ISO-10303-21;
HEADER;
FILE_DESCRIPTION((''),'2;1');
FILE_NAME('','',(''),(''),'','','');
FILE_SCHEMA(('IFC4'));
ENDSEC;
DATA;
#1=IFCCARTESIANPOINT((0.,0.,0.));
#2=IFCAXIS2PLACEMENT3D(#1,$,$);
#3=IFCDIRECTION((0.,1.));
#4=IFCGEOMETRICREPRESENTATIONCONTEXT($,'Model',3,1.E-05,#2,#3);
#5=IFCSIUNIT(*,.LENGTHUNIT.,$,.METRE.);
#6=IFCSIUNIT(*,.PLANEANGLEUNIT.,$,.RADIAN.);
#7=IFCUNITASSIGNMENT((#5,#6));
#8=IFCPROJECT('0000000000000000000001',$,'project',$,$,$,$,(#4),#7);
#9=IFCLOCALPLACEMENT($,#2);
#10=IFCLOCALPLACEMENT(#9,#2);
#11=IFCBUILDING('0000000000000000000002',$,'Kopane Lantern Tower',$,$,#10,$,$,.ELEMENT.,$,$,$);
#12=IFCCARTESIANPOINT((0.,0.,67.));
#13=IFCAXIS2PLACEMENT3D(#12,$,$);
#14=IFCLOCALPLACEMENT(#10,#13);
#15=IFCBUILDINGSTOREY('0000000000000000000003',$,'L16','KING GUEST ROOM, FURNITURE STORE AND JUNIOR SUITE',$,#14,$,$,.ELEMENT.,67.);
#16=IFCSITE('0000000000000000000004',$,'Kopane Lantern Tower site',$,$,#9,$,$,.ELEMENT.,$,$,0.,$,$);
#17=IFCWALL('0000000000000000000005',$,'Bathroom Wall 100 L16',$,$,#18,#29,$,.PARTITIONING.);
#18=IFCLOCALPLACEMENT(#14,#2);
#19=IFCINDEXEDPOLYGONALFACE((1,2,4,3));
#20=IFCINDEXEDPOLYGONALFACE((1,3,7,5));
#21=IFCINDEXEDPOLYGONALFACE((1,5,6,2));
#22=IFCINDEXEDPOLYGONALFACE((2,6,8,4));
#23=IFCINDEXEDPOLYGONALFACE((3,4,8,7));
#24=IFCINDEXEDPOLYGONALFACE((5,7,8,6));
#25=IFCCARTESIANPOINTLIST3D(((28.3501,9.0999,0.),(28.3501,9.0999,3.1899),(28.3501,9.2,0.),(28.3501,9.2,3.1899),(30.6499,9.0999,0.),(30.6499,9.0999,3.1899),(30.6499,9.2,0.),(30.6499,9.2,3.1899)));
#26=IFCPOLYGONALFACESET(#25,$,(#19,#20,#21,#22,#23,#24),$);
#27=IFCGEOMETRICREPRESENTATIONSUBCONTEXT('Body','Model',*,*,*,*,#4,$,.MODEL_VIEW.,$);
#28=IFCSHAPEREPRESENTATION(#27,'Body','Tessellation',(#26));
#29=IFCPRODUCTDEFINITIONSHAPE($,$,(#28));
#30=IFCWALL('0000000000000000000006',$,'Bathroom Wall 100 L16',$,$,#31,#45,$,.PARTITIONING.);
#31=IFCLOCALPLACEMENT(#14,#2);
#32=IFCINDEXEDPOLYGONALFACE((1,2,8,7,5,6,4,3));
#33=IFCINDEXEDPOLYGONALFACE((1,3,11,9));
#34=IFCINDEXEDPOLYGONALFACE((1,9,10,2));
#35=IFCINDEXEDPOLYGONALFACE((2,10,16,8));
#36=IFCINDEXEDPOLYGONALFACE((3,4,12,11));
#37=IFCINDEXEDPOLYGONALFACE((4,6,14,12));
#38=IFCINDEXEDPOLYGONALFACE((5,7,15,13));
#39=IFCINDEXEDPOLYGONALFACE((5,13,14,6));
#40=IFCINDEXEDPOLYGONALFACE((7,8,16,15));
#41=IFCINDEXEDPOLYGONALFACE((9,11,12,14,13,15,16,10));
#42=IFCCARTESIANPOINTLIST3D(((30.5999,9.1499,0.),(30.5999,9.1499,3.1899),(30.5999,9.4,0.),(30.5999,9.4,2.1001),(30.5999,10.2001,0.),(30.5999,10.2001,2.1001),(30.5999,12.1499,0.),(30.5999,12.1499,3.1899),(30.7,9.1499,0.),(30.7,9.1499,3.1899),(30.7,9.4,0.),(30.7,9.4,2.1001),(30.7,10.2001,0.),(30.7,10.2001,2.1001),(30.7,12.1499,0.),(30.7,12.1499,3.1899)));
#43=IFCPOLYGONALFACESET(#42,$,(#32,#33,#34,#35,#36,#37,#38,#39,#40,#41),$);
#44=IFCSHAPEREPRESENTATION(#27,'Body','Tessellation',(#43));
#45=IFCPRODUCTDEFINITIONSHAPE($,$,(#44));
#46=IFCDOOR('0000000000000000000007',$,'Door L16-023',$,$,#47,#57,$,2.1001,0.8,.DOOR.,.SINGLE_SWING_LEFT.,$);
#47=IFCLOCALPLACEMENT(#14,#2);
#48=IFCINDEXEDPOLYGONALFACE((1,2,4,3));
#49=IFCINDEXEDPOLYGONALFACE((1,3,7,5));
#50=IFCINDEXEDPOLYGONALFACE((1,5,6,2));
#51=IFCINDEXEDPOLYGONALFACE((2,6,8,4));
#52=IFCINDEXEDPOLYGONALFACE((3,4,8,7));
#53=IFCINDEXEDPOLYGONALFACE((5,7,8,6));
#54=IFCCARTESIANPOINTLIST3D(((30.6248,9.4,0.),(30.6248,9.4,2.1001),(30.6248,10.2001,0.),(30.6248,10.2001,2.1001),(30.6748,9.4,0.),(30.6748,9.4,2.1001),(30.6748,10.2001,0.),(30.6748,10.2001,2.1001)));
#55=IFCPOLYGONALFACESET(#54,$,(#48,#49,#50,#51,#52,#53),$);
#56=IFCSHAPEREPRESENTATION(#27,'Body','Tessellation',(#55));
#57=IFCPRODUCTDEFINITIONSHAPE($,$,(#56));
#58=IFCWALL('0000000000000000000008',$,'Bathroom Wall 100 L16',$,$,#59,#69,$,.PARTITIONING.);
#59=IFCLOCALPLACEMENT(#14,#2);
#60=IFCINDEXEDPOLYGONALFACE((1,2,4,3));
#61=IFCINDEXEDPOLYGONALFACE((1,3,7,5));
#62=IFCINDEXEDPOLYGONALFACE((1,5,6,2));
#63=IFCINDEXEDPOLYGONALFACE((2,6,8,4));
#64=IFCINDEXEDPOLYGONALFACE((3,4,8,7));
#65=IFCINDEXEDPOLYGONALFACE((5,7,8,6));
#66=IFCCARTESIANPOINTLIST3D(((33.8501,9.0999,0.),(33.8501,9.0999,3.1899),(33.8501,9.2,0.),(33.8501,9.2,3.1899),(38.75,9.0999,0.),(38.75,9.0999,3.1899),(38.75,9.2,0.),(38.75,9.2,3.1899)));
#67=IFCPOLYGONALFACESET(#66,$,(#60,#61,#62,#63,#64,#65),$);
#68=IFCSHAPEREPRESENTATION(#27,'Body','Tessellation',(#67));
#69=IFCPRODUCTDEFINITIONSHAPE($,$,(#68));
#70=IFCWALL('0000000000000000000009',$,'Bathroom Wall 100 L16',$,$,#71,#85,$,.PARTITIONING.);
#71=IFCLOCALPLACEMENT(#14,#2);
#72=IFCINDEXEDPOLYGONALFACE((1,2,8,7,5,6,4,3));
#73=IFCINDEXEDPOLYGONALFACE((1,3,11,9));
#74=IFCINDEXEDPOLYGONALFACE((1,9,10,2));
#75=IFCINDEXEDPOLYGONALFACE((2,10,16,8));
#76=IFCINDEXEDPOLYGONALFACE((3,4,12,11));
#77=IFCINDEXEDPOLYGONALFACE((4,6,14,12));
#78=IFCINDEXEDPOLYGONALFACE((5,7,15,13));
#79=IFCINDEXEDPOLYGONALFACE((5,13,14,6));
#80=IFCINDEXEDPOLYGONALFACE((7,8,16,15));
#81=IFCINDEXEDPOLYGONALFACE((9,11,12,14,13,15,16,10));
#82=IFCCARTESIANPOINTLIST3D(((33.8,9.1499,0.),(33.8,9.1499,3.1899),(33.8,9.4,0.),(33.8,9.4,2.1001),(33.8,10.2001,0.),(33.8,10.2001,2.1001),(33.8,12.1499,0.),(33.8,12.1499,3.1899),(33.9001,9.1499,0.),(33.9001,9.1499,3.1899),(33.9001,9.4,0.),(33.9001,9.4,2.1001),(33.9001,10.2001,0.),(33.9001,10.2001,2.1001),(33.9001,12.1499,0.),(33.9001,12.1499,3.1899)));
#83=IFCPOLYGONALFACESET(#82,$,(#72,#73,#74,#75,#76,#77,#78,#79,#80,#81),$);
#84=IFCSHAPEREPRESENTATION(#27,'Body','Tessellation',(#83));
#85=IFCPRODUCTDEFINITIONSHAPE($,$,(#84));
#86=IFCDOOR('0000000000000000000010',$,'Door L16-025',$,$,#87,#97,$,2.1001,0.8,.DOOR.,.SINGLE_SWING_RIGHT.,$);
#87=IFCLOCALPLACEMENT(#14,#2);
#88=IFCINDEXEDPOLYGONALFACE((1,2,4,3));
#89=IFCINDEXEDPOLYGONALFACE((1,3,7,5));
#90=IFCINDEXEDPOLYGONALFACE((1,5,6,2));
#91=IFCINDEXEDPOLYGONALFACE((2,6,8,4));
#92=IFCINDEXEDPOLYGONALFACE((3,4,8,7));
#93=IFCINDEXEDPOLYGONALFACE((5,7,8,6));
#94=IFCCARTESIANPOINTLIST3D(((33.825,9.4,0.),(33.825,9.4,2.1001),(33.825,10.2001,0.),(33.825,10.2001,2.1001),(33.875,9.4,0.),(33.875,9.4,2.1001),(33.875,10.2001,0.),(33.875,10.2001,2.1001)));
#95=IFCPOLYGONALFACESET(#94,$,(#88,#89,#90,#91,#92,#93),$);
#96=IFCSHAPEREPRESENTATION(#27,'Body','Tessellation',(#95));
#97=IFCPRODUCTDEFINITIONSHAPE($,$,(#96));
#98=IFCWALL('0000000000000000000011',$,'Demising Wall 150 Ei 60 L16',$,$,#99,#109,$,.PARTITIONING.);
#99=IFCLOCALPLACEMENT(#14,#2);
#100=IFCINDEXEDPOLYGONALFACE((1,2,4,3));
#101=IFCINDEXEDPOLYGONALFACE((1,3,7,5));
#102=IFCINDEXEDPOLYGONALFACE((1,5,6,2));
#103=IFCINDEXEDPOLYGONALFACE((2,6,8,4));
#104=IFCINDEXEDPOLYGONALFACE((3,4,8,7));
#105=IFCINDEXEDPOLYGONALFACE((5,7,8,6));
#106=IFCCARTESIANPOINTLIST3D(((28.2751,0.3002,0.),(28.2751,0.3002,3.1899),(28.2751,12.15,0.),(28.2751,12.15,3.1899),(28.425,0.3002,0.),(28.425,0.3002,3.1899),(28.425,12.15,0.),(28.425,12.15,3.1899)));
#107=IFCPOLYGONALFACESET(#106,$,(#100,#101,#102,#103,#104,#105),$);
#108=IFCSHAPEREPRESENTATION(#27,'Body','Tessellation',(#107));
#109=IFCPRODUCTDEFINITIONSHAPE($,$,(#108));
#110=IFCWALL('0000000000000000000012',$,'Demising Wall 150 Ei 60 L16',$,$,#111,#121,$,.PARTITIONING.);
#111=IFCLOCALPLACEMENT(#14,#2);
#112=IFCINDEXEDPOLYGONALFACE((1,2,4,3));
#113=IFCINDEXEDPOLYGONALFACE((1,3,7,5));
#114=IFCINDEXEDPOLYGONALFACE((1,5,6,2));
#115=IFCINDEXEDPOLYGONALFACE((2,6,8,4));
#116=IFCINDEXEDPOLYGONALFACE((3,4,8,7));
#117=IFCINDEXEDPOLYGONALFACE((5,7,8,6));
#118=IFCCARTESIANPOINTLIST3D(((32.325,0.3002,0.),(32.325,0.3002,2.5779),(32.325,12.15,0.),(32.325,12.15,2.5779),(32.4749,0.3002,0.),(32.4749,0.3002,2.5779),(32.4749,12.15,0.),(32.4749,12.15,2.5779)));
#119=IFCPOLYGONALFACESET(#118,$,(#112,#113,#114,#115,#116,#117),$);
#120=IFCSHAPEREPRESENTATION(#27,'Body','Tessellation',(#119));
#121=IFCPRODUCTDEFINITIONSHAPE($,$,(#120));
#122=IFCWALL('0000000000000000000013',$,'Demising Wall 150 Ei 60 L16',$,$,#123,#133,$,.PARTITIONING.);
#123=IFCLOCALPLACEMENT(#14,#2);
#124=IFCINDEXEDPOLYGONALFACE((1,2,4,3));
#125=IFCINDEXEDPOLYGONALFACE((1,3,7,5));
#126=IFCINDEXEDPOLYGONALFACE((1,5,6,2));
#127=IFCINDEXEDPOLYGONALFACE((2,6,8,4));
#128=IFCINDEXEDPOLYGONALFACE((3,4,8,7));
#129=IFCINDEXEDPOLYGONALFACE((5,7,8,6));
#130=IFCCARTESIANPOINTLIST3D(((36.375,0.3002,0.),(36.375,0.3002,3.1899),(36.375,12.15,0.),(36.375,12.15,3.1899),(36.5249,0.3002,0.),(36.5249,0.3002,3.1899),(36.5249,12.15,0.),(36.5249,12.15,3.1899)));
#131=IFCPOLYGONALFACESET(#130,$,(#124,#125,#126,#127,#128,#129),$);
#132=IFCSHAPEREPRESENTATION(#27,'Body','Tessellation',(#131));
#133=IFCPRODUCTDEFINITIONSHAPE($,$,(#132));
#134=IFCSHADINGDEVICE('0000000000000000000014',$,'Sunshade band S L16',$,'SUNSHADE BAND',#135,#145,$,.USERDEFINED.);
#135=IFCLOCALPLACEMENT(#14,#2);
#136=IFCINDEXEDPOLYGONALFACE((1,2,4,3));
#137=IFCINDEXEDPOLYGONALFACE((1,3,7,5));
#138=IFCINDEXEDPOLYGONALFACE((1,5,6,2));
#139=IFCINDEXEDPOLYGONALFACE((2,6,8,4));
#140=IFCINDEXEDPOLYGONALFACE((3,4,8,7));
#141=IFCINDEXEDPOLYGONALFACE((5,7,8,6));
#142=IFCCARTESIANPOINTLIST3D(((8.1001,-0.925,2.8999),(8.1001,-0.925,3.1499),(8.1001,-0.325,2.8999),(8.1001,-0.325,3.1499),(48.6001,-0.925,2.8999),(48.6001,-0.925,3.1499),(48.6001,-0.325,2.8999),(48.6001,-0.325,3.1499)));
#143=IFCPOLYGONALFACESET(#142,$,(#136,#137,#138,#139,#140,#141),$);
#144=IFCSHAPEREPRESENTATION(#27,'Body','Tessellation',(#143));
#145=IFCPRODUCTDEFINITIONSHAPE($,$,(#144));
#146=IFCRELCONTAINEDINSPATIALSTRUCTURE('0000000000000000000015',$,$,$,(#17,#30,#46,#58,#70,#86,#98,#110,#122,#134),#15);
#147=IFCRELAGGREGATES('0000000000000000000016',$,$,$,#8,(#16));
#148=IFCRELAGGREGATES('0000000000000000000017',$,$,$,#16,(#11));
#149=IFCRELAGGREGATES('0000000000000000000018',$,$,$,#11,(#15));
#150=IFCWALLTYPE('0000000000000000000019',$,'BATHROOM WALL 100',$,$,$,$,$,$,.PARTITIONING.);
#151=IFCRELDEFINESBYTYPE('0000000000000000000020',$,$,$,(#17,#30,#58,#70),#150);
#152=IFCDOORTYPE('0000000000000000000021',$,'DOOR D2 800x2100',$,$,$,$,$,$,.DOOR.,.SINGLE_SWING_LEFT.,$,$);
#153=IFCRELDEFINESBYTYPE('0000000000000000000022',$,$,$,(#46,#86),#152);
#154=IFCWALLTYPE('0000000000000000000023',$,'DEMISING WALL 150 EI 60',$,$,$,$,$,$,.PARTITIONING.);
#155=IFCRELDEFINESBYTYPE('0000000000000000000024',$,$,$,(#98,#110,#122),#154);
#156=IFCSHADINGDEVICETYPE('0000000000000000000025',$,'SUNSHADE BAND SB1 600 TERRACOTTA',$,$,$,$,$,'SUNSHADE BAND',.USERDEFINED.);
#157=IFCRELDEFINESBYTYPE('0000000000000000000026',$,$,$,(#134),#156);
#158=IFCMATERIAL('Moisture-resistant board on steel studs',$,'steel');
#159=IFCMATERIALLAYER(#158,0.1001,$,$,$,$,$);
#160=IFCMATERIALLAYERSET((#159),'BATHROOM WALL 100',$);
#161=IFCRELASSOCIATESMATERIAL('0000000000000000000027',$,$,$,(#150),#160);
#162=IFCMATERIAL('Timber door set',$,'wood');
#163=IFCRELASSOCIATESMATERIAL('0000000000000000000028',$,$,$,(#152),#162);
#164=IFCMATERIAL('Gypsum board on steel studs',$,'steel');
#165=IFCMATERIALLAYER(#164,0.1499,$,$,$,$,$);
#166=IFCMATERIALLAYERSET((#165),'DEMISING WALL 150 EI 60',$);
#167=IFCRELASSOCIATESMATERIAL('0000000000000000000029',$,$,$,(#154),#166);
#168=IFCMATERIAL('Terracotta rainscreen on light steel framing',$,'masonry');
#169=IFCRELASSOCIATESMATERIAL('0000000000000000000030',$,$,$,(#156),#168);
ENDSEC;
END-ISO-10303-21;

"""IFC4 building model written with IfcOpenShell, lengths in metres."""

from ifc_helpers import new_model, si_unit, direction, frame, frame_2d, origin, origin_2d, place, context, subcontext, project, spatial, rectangle, extrude, material, layer, layer_set, type_object, element, fill, save


model = new_model("IFC4")

# Units and contexts
model_context = context("Model", 3, precision=1e-05, world=origin(), true_north=direction((0.0, 1.0)))
body_context = subcontext(model_context, "Body", "Model", "MODEL_VIEW")
ifc_project = project(units=[si_unit("LENGTHUNIT", "METRE"), si_unit("PLANEANGLEUNIT", "RADIAN")], contexts=[model_context])

# Site, building, storey
site_placement = place(None, origin())
site = spatial("IfcSite", under=ifc_project, at=site_placement, Name="Kopane Lantern Tower site", CompositionType="ELEMENT", RefElevation=0.0)
building_placement = place(site_placement, origin())
building = spatial("IfcBuilding", under=site, at=building_placement, Name="Kopane Lantern Tower", CompositionType="ELEMENT")
storey_placement = place(building_placement, frame((0.0, 0.0, 67.0)))
storey = spatial("IfcBuildingStorey", under=building, at=storey_placement, Name="L16", Description="KING GUEST ROOM, FURNITURE STORE AND JUNIOR SUITE", CompositionType="ELEMENT", Elevation=67.0)

# Shared definitions
ifc_material_1 = material(Name="Moisture-resistant board on steel studs", Category="steel")
ifc_layer_1 = layer(ifc_material_1, 0.1001)
ifc_layer_set_1 = layer_set([ifc_layer_1], Name="BATHROOM WALL 100")
wall_type_1 = type_object("IfcWallType", Name="BATHROOM WALL 100", PredefinedType="PARTITIONING", material=ifc_layer_set_1)
ifc_material_2 = material(Name="Timber door set", Category="wood")
door_type_1 = type_object("IfcDoorType", Name="DOOR D2 800x2100", OperationType="SINGLE_SWING_LEFT", PredefinedType="DOOR", material=ifc_material_2)

# Wall
wall_1_placement = place(storey_placement, frame((28.3501, 9.1499, 0.0), z_axis=(0.0, 0.0, 1.0), x_axis=(1.0, 0.0, 0.0)))
element("IfcWall", 1, at=wall_1_placement, inside=storey, type_object=wall_type_1, Name="Bathroom Wall 100 L16", PredefinedType="PARTITIONING", context=body_context, shape_type="SweptSolid", body=[
    extrude(rectangle(XDim=2.2998, YDim=0.1001, at=frame_2d((1.1499, 0.0))), origin(), (0.0, 0.0, 1.0), 3.1899),
])

# Wall, opening, door
wall_2_placement = place(storey_placement, frame((30.6499, 12.1499, 0.0), z_axis=(0.0, 0.0, 1.0), x_axis=(0.0, -1.0, 0.0)))
wall_2 = element("IfcWall", 2, at=wall_2_placement, inside=storey, type_object=wall_type_1, Name="Bathroom Wall 100 L16", PredefinedType="PARTITIONING", context=body_context, shape_type="SweptSolid", body=[
    extrude(rectangle(XDim=3.0, YDim=0.1001, at=frame_2d((1.5, 0.0))), origin(), (0.0, 0.0, 1.0), 3.1899),
])
opening_1_placement = place(wall_2_placement, frame((1.95, 0.0, 0.0)))
opening_1 = element("IfcOpeningElement", 3, at=opening_1_placement, cuts=wall_2, PredefinedType="OPENING", context=body_context, shape_type="SweptSolid", body=[
    extrude(rectangle(XDim=0.8, YDim=2.1001, at=frame_2d((0.3999, 1.05))), frame((0.0, 0.0601, 0.0), z_axis=(0.0, -1.0, 0.0), x_axis=(1.0, 0.0, 0.0)), (0.0, 0.0, 1.0), 0.1201),
])
door_1_placement = place(opening_1_placement, origin())
door_1 = element("IfcDoor", 4, at=door_1_placement, inside=storey, type_object=door_type_1, Name="Door L16-023", OperationType="SINGLE_SWING_LEFT", OverallHeight=2.1001, OverallWidth=0.8, PredefinedType="DOOR", context=body_context, shape_type="SweptSolid", body=[
    extrude(rectangle(XDim=0.8, YDim=2.1001, at=frame_2d((0.3999, 1.05))), frame((0.0, 0.0249, 0.0), z_axis=(0.0, -1.0, 0.0), x_axis=(1.0, 0.0, 0.0)), (0.0, 0.0, 1.0), 0.05),
])
fill(opening_1, door_1)

# Wall
wall_3_placement = place(storey_placement, frame((33.8501, 9.1499, 0.0), z_axis=(0.0, 0.0, 1.0), x_axis=(1.0, 0.0, 0.0)))
element("IfcWall", 5, at=wall_3_placement, inside=storey, type_object=wall_type_1, Name="Bathroom Wall 100 L16", PredefinedType="PARTITIONING", context=body_context, shape_type="SweptSolid", body=[
    extrude(rectangle(XDim=4.8999, YDim=0.1001, at=frame_2d((2.45, 0.0))), origin(), (0.0, 0.0, 1.0), 3.1899),
])

# Wall, opening, door
wall_4_placement = place(storey_placement, frame((33.8501, 12.1499, 0.0), z_axis=(0.0, 0.0, 1.0), x_axis=(0.0, -1.0, 0.0)))
wall_4 = element("IfcWall", 6, at=wall_4_placement, inside=storey, type_object=wall_type_1, Name="Bathroom Wall 100 L16", PredefinedType="PARTITIONING", context=body_context, shape_type="SweptSolid", body=[
    extrude(rectangle(XDim=3.0, YDim=0.1001, at=frame_2d((1.5, 0.0))), origin(), (0.0, 0.0, 1.0), 3.1899),
])
opening_2_placement = place(wall_4_placement, frame((1.95, 0.0, 0.0)))
opening_2 = element("IfcOpeningElement", 7, at=opening_2_placement, cuts=wall_4, PredefinedType="OPENING", context=body_context, shape_type="SweptSolid", body=[
    extrude(rectangle(XDim=0.8, YDim=2.1001, at=frame_2d((0.3999, 1.05))), frame((0.0, 0.0601, 0.0), z_axis=(0.0, -1.0, 0.0), x_axis=(1.0, 0.0, 0.0)), (0.0, 0.0, 1.0), 0.1201),
])
door_2_placement = place(opening_2_placement, origin())
door_2 = element("IfcDoor", 8, at=door_2_placement, inside=storey, type_object=door_type_1, Name="Door L16-025", OperationType="SINGLE_SWING_RIGHT", OverallHeight=2.1001, OverallWidth=0.8, PredefinedType="DOOR", context=body_context, shape_type="SweptSolid", body=[
    extrude(rectangle(XDim=0.8, YDim=2.1001, at=frame_2d((0.3999, 1.05))), frame((0.0, 0.0249, 0.0), z_axis=(0.0, -1.0, 0.0), x_axis=(1.0, 0.0, 0.0)), (0.0, 0.0, 1.0), 0.05),
])
fill(opening_2, door_2)

# Walls
ifc_material_3 = material(Name="Gypsum board on steel studs", Category="steel")
ifc_layer_2 = layer(ifc_material_3, 0.1499)
ifc_layer_set_2 = layer_set([ifc_layer_2], Name="DEMISING WALL 150 EI 60")
wall_type_2 = type_object("IfcWallType", Name="DEMISING WALL 150 EI 60", PredefinedType="PARTITIONING", material=ifc_layer_set_2)
wall_5_placement = place(storey_placement, frame((28.3501, 12.1499, 0.0), z_axis=(0.0, 0.0, 1.0), x_axis=(0.0, -1.0, 0.0)))
element("IfcWall", 9, at=wall_5_placement, inside=storey, type_object=wall_type_2, Name="Demising Wall 150 Ei 60 L16", PredefinedType="PARTITIONING", context=body_context, shape_type="SweptSolid", body=[
    extrude(rectangle(XDim=11.8499, YDim=0.1499, at=frame_2d((5.9248, 0.0))), origin(), (0.0, 0.0, 1.0), 3.1899),
])
wall_6_placement = place(storey_placement, frame((32.3999, 12.1499, 0.0), z_axis=(0.0, 0.0, 1.0), x_axis=(0.0, -1.0, 0.0)))
element("IfcWall", 10, at=wall_6_placement, inside=storey, type_object=wall_type_2, Name="Demising Wall 150 Ei 60 L16", PredefinedType="PARTITIONING", context=body_context, shape_type="SweptSolid", body=[
    extrude(rectangle(XDim=11.8499, YDim=0.1499, at=frame_2d((5.9248, 0.0))), origin(), (0.0, 0.0, 1.0), 2.5779),
])
wall_7_placement = place(storey_placement, frame((36.45, 12.1499, 0.0), z_axis=(0.0, 0.0, 1.0), x_axis=(0.0, -1.0, 0.0)))
element("IfcWall", 11, at=wall_7_placement, inside=storey, type_object=wall_type_2, Name="Demising Wall 150 Ei 60 L16", PredefinedType="PARTITIONING", context=body_context, shape_type="SweptSolid", body=[
    extrude(rectangle(XDim=11.8499, YDim=0.1499, at=frame_2d((5.9248, 0.0))), origin(), (0.0, 0.0, 1.0), 3.1899),
])

# Shading device
ifc_material_4 = material(Name="Terracotta rainscreen on light steel framing", Category="masonry")
shading_device_type = type_object("IfcShadingDeviceType", Name="SUNSHADE BAND SB1 600 TERRACOTTA", ElementType="SUNSHADE BAND", PredefinedType="USERDEFINED", material=ifc_material_4)
shading_device_placement = place(storey_placement, frame((28.3501, -0.625, 2.8999), z_axis=(0.0, 0.0, 1.0), x_axis=(1.0, 0.0, 0.0)))
element("IfcShadingDevice", 12, at=shading_device_placement, inside=storey, type_object=shading_device_type, Name="Sunshade band S L16", ObjectType="SUNSHADE BAND", PredefinedType="USERDEFINED", context=body_context, shape_type="SweptSolid", body=[
    extrude(rectangle(XDim=40.5, YDim=0.6001, at=origin_2d()), origin(), (0.0, 0.0, 1.0), 0.25),
])

save(model, "model.ifc")
